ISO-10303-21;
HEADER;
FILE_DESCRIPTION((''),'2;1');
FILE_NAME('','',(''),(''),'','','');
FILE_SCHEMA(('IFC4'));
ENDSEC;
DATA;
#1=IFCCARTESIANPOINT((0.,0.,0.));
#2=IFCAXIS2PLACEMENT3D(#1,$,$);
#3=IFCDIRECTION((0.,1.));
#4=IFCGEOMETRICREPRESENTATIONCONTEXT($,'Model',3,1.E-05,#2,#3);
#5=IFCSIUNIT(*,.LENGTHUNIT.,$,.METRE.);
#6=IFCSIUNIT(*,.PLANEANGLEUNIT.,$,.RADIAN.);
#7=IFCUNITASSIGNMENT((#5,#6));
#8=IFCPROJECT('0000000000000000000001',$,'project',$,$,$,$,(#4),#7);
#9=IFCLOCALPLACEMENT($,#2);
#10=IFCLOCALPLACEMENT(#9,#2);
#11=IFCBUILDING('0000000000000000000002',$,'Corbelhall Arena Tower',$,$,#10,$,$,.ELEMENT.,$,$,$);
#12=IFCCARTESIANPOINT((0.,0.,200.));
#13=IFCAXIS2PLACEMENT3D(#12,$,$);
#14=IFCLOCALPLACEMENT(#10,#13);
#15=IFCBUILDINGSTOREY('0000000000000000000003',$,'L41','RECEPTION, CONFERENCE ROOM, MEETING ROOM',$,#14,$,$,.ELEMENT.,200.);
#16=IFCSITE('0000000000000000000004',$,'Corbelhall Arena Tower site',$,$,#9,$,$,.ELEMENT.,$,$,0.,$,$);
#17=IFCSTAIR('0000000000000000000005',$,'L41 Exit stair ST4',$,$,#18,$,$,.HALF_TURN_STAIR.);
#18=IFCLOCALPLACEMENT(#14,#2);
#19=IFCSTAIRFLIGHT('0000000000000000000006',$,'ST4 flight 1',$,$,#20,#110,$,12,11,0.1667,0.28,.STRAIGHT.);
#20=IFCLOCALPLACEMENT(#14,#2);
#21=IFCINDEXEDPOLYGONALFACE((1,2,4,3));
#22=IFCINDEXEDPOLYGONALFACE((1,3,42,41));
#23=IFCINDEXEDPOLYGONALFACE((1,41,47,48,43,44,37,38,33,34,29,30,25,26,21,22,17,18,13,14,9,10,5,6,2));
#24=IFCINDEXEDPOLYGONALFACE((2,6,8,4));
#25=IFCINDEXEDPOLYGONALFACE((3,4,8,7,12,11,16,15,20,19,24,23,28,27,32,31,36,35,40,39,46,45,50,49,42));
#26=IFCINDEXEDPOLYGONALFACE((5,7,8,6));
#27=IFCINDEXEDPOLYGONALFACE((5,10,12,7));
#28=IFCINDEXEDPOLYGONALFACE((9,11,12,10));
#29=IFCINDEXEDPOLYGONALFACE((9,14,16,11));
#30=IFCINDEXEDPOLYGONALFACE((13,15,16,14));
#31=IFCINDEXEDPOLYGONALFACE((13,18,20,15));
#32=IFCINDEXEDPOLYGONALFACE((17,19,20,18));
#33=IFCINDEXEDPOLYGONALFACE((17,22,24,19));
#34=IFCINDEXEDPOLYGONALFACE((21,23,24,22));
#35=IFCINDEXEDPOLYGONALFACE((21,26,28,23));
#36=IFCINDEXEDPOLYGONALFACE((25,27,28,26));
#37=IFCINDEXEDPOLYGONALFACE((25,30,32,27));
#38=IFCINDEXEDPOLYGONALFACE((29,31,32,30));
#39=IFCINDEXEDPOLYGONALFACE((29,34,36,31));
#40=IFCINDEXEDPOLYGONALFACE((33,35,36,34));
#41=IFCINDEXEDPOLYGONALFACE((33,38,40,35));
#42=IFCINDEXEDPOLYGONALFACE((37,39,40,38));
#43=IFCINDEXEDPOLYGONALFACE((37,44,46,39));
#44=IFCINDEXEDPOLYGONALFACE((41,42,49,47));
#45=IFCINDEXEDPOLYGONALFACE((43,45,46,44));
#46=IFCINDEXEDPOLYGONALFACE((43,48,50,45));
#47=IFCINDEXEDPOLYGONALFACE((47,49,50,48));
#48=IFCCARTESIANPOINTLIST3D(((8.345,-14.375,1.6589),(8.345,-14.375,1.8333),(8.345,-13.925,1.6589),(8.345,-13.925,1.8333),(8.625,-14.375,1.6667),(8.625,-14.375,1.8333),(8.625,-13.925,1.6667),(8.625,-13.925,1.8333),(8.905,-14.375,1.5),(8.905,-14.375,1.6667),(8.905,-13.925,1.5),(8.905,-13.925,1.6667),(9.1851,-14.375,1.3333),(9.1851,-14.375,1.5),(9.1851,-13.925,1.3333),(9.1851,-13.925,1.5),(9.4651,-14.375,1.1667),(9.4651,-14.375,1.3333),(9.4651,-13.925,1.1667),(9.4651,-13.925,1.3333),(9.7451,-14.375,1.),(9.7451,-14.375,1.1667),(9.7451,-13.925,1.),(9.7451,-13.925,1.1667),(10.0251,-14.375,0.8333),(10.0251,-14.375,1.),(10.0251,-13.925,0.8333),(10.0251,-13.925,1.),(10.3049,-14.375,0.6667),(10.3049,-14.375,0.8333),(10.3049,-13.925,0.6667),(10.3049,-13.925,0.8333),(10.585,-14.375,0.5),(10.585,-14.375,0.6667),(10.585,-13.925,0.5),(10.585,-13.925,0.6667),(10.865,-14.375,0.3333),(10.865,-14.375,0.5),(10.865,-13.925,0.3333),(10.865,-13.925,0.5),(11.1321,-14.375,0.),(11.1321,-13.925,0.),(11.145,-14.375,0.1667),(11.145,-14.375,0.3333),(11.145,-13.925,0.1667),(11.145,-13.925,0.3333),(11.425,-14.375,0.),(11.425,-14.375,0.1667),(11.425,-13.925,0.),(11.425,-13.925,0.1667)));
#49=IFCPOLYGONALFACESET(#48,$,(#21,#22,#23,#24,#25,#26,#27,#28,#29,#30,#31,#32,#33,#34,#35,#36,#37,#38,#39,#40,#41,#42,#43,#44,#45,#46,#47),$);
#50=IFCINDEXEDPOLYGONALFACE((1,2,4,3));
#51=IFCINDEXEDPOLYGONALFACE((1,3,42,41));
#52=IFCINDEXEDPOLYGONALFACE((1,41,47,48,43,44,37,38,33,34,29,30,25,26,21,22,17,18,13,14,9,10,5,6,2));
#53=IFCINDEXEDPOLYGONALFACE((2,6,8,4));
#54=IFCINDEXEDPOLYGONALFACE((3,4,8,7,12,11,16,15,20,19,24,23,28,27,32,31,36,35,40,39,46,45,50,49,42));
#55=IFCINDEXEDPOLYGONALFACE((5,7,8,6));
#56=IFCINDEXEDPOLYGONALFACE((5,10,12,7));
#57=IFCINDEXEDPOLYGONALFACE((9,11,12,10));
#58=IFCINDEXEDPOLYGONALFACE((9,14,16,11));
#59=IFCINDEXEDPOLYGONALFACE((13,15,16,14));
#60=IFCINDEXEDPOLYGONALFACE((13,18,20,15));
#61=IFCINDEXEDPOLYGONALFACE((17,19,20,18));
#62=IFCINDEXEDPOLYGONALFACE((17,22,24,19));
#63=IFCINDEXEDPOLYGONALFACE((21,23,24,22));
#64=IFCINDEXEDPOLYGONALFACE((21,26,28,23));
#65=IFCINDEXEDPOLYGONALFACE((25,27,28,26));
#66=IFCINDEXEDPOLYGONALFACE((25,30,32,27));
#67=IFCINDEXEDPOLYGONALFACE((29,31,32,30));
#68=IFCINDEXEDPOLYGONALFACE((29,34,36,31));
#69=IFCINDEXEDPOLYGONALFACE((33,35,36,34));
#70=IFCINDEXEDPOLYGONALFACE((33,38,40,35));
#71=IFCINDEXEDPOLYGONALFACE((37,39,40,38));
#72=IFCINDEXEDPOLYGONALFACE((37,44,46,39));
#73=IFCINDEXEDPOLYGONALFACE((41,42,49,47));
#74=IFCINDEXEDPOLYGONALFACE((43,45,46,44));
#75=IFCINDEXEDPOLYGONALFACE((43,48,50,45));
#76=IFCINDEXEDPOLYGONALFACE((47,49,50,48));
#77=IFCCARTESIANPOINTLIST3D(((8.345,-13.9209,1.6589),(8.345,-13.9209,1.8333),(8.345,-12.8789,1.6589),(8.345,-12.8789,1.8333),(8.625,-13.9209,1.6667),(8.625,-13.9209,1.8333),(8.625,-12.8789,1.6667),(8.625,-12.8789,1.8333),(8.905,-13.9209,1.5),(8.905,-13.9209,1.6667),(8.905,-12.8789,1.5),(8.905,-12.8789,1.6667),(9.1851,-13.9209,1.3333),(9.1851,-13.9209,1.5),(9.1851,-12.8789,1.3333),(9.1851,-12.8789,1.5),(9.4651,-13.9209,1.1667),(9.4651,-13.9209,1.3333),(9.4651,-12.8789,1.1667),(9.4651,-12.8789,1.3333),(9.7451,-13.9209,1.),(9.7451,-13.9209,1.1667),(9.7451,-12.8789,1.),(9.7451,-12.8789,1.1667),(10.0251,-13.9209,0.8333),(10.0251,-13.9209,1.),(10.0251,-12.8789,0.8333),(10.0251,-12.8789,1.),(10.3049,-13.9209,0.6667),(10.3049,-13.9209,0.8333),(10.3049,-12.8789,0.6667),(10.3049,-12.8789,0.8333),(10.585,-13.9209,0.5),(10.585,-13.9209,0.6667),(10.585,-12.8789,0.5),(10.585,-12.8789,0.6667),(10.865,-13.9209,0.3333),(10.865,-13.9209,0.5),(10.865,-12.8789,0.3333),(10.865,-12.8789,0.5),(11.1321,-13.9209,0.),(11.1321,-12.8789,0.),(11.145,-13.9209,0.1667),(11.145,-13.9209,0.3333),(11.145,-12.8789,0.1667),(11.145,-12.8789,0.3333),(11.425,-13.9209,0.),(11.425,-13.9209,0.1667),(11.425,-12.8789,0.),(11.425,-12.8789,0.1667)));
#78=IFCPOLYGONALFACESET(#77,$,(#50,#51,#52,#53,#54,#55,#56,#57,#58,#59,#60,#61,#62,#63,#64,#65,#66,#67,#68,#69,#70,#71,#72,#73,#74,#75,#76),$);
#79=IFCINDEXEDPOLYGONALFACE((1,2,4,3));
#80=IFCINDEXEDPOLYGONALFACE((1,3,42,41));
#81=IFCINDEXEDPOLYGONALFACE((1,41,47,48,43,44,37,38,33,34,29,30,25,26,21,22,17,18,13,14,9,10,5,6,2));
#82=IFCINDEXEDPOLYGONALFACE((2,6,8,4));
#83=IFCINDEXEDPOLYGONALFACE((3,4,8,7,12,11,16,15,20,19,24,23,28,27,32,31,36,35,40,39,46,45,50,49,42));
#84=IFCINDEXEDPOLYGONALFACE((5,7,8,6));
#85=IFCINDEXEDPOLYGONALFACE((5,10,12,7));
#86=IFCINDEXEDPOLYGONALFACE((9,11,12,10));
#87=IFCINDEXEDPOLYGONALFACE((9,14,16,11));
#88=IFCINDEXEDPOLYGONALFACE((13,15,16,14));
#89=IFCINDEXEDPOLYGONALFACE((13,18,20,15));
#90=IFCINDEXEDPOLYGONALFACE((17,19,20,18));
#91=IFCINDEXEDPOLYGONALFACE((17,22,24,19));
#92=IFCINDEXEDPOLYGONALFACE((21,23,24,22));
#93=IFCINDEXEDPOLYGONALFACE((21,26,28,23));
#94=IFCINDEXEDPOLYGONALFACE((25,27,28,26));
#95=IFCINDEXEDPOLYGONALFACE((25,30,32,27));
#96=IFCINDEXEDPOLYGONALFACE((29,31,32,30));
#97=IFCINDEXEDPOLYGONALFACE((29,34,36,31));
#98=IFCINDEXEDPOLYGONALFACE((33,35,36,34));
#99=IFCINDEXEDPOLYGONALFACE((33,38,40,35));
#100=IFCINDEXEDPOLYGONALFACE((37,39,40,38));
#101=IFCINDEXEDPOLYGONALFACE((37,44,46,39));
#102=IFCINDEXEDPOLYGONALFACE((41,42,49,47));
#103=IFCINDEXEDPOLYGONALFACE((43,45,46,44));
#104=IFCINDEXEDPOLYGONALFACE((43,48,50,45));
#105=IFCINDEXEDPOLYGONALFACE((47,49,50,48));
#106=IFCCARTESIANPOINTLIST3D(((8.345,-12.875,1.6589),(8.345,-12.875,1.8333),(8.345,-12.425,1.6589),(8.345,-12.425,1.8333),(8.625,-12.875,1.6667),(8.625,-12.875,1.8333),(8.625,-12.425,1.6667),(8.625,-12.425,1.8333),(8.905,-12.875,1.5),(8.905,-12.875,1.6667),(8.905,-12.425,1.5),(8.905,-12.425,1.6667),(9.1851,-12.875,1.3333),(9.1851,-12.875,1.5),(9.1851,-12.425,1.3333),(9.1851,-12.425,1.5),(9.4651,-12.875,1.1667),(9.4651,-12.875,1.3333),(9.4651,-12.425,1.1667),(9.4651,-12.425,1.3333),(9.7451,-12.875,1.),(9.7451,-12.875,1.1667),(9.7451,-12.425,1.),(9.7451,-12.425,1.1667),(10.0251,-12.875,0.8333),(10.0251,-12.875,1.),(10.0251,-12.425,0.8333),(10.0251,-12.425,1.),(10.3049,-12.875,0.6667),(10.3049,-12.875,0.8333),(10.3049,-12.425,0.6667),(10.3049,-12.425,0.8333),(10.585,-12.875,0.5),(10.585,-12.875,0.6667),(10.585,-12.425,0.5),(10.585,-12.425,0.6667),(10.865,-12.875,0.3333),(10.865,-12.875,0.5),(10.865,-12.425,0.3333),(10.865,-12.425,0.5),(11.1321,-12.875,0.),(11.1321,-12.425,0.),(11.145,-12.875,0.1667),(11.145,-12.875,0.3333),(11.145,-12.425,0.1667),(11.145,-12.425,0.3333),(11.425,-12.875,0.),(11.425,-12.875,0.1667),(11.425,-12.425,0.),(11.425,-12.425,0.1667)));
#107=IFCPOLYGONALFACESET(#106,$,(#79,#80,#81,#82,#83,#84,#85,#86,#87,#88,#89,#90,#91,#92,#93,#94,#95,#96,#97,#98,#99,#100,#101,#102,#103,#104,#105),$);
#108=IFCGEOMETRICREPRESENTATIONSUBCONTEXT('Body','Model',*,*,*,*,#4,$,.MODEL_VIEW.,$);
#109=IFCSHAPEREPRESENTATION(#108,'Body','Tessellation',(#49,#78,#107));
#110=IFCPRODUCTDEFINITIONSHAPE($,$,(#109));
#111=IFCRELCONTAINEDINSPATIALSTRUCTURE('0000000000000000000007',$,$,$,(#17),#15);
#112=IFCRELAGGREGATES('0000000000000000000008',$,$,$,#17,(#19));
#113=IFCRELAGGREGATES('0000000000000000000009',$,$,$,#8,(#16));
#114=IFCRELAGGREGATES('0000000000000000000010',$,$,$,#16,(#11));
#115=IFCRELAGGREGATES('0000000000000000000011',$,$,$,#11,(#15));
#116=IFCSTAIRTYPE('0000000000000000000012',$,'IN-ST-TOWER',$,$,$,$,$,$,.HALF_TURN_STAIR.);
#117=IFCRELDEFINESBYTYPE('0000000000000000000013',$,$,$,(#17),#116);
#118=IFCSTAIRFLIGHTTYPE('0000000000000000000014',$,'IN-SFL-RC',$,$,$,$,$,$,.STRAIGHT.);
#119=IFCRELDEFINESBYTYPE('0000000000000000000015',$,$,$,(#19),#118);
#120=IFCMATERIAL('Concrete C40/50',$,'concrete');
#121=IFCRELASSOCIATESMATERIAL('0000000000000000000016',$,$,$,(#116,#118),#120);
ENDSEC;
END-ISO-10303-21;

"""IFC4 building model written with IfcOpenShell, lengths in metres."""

from ifc_helpers import new_model, si_unit, direction, frame, origin, place, context, subcontext, project, spatial, polyline, outline, extrude, material, type_object, element, aggregate, save


model = new_model("IFC4")

# Units and contexts
model_context = context("Model", 3, precision=1e-05, world=origin(), true_north=direction((0.0, 1.0)))
body_context = subcontext(model_context, "Body", "Model", "MODEL_VIEW")
ifc_project = project(units=[si_unit("LENGTHUNIT", "METRE"), si_unit("PLANEANGLEUNIT", "RADIAN")], contexts=[model_context])

# Site, building, storey
site_placement = place(None, origin())
site = spatial("IfcSite", under=ifc_project, at=site_placement, Name="Corbelhall Arena Tower site", CompositionType="ELEMENT", RefElevation=0.0)
building_placement = place(site_placement, origin())
building = spatial("IfcBuilding", under=site, at=building_placement, Name="Corbelhall Arena Tower", CompositionType="ELEMENT")
storey_placement = place(building_placement, frame((0.0, 0.0, 200.0)))
storey = spatial("IfcBuildingStorey", under=building, at=storey_placement, Name="L41", Description="RECEPTION, CONFERENCE ROOM, MEETING ROOM", CompositionType="ELEMENT", Elevation=200.0)

# Shared definitions
ifc_material_1 = material(Name="Concrete C40/50", Category="concrete")

# Stair, stair flight
stair_type = type_object("IfcStairType", Name="IN-ST-TOWER", PredefinedType="HALF_TURN_STAIR", material=ifc_material_1)
stair_placement = place(storey_placement, origin())
stair = element("IfcStair", 1, at=stair_placement, inside=storey, type_object=stair_type, Name="L41 Exit stair ST4", PredefinedType="HALF_TURN_STAIR")
stair_flight_type = type_object("IfcStairFlightType", Name="IN-SFL-RC", PredefinedType="STRAIGHT", material=ifc_material_1)
stair_flight_placement = place(storey_placement, frame((11.425, -13.3999, 0.0), z_axis=(0.0, 0.0, 1.0), x_axis=(-1.0, 0.0, 0.0)))
stair_flight = element("IfcStairFlight", 2, at=stair_flight_placement, type_object=stair_flight_type, Name="ST4 flight 1", NumberOfRisers=12, NumberOfTreads=11, PredefinedType="STRAIGHT", RiserHeight=0.1667, TreadLength=0.28, context=body_context, shape_type="SweptSolid", body=[
    extrude(outline(polyline([(0.0, 0.0), (0.0, 0.1667), (0.28, 0.1667), (0.28, 0.3333), (0.5601, 0.3333), (0.5601, 0.5), (0.8401, 0.5), (0.8401, 0.6667), (1.1201, 0.6667), (1.1201, 0.8333), (1.3999, 0.8333), (1.3999, 1.0), (1.6799, 1.0), (1.6799, 1.1667), (1.96, 1.1667), (1.96, 1.3333), (2.24, 1.3333), (2.24, 1.5), (2.52, 1.5), (2.52, 1.6667), (2.8, 1.6667), (2.8, 1.8333), (3.0801, 1.8333), (3.0801, 2.0), (3.0801, 1.6589), (0.293, 0.0), (0.0, 0.0)])), frame((0.0, 0.9751, 0.0), z_axis=(0.0, -1.0, 0.0), x_axis=(1.0, 0.0, 0.0)), (0.0, 0.0, 1.0), 0.45),
    extrude(outline(polyline([(0.0, 0.0), (0.0, 0.1667), (0.28, 0.1667), (0.28, 0.3333), (0.5601, 0.3333), (0.5601, 0.5), (0.8401, 0.5), (0.8401, 0.6667), (1.1201, 0.6667), (1.1201, 0.8333), (1.3999, 0.8333), (1.3999, 1.0), (1.6799, 1.0), (1.6799, 1.1667), (1.96, 1.1667), (1.96, 1.3333), (2.24, 1.3333), (2.24, 1.5), (2.52, 1.5), (2.52, 1.6667), (2.8, 1.6667), (2.8, 1.8333), (3.0801, 1.8333), (3.0801, 2.0), (3.0801, 1.6589), (0.293, 0.0), (0.0, 0.0)])), frame((0.0, 0.521, 0.0), z_axis=(0.0, -1.0, 0.0), x_axis=(1.0, 0.0, 0.0)), (0.0, 0.0, 1.0), 1.042),
    extrude(outline(polyline([(0.0, 0.0), (0.0, 0.1667), (0.28, 0.1667), (0.28, 0.3333), (0.5601, 0.3333), (0.5601, 0.5), (0.8401, 0.5), (0.8401, 0.6667), (1.1201, 0.6667), (1.1201, 0.8333), (1.3999, 0.8333), (1.3999, 1.0), (1.6799, 1.0), (1.6799, 1.1667), (1.96, 1.1667), (1.96, 1.3333), (2.24, 1.3333), (2.24, 1.5), (2.52, 1.5), (2.52, 1.6667), (2.8, 1.6667), (2.8, 1.8333), (3.0801, 1.8333), (3.0801, 2.0), (3.0801, 1.6589), (0.293, 0.0), (0.0, 0.0)])), frame((0.0, -0.5249, 0.0), z_axis=(0.0, -1.0, 0.0), x_axis=(1.0, 0.0, 0.0)), (0.0, 0.0, 1.0), 0.45),
])
aggregate(stair, [stair_flight])

save(model, "model.ifc")
